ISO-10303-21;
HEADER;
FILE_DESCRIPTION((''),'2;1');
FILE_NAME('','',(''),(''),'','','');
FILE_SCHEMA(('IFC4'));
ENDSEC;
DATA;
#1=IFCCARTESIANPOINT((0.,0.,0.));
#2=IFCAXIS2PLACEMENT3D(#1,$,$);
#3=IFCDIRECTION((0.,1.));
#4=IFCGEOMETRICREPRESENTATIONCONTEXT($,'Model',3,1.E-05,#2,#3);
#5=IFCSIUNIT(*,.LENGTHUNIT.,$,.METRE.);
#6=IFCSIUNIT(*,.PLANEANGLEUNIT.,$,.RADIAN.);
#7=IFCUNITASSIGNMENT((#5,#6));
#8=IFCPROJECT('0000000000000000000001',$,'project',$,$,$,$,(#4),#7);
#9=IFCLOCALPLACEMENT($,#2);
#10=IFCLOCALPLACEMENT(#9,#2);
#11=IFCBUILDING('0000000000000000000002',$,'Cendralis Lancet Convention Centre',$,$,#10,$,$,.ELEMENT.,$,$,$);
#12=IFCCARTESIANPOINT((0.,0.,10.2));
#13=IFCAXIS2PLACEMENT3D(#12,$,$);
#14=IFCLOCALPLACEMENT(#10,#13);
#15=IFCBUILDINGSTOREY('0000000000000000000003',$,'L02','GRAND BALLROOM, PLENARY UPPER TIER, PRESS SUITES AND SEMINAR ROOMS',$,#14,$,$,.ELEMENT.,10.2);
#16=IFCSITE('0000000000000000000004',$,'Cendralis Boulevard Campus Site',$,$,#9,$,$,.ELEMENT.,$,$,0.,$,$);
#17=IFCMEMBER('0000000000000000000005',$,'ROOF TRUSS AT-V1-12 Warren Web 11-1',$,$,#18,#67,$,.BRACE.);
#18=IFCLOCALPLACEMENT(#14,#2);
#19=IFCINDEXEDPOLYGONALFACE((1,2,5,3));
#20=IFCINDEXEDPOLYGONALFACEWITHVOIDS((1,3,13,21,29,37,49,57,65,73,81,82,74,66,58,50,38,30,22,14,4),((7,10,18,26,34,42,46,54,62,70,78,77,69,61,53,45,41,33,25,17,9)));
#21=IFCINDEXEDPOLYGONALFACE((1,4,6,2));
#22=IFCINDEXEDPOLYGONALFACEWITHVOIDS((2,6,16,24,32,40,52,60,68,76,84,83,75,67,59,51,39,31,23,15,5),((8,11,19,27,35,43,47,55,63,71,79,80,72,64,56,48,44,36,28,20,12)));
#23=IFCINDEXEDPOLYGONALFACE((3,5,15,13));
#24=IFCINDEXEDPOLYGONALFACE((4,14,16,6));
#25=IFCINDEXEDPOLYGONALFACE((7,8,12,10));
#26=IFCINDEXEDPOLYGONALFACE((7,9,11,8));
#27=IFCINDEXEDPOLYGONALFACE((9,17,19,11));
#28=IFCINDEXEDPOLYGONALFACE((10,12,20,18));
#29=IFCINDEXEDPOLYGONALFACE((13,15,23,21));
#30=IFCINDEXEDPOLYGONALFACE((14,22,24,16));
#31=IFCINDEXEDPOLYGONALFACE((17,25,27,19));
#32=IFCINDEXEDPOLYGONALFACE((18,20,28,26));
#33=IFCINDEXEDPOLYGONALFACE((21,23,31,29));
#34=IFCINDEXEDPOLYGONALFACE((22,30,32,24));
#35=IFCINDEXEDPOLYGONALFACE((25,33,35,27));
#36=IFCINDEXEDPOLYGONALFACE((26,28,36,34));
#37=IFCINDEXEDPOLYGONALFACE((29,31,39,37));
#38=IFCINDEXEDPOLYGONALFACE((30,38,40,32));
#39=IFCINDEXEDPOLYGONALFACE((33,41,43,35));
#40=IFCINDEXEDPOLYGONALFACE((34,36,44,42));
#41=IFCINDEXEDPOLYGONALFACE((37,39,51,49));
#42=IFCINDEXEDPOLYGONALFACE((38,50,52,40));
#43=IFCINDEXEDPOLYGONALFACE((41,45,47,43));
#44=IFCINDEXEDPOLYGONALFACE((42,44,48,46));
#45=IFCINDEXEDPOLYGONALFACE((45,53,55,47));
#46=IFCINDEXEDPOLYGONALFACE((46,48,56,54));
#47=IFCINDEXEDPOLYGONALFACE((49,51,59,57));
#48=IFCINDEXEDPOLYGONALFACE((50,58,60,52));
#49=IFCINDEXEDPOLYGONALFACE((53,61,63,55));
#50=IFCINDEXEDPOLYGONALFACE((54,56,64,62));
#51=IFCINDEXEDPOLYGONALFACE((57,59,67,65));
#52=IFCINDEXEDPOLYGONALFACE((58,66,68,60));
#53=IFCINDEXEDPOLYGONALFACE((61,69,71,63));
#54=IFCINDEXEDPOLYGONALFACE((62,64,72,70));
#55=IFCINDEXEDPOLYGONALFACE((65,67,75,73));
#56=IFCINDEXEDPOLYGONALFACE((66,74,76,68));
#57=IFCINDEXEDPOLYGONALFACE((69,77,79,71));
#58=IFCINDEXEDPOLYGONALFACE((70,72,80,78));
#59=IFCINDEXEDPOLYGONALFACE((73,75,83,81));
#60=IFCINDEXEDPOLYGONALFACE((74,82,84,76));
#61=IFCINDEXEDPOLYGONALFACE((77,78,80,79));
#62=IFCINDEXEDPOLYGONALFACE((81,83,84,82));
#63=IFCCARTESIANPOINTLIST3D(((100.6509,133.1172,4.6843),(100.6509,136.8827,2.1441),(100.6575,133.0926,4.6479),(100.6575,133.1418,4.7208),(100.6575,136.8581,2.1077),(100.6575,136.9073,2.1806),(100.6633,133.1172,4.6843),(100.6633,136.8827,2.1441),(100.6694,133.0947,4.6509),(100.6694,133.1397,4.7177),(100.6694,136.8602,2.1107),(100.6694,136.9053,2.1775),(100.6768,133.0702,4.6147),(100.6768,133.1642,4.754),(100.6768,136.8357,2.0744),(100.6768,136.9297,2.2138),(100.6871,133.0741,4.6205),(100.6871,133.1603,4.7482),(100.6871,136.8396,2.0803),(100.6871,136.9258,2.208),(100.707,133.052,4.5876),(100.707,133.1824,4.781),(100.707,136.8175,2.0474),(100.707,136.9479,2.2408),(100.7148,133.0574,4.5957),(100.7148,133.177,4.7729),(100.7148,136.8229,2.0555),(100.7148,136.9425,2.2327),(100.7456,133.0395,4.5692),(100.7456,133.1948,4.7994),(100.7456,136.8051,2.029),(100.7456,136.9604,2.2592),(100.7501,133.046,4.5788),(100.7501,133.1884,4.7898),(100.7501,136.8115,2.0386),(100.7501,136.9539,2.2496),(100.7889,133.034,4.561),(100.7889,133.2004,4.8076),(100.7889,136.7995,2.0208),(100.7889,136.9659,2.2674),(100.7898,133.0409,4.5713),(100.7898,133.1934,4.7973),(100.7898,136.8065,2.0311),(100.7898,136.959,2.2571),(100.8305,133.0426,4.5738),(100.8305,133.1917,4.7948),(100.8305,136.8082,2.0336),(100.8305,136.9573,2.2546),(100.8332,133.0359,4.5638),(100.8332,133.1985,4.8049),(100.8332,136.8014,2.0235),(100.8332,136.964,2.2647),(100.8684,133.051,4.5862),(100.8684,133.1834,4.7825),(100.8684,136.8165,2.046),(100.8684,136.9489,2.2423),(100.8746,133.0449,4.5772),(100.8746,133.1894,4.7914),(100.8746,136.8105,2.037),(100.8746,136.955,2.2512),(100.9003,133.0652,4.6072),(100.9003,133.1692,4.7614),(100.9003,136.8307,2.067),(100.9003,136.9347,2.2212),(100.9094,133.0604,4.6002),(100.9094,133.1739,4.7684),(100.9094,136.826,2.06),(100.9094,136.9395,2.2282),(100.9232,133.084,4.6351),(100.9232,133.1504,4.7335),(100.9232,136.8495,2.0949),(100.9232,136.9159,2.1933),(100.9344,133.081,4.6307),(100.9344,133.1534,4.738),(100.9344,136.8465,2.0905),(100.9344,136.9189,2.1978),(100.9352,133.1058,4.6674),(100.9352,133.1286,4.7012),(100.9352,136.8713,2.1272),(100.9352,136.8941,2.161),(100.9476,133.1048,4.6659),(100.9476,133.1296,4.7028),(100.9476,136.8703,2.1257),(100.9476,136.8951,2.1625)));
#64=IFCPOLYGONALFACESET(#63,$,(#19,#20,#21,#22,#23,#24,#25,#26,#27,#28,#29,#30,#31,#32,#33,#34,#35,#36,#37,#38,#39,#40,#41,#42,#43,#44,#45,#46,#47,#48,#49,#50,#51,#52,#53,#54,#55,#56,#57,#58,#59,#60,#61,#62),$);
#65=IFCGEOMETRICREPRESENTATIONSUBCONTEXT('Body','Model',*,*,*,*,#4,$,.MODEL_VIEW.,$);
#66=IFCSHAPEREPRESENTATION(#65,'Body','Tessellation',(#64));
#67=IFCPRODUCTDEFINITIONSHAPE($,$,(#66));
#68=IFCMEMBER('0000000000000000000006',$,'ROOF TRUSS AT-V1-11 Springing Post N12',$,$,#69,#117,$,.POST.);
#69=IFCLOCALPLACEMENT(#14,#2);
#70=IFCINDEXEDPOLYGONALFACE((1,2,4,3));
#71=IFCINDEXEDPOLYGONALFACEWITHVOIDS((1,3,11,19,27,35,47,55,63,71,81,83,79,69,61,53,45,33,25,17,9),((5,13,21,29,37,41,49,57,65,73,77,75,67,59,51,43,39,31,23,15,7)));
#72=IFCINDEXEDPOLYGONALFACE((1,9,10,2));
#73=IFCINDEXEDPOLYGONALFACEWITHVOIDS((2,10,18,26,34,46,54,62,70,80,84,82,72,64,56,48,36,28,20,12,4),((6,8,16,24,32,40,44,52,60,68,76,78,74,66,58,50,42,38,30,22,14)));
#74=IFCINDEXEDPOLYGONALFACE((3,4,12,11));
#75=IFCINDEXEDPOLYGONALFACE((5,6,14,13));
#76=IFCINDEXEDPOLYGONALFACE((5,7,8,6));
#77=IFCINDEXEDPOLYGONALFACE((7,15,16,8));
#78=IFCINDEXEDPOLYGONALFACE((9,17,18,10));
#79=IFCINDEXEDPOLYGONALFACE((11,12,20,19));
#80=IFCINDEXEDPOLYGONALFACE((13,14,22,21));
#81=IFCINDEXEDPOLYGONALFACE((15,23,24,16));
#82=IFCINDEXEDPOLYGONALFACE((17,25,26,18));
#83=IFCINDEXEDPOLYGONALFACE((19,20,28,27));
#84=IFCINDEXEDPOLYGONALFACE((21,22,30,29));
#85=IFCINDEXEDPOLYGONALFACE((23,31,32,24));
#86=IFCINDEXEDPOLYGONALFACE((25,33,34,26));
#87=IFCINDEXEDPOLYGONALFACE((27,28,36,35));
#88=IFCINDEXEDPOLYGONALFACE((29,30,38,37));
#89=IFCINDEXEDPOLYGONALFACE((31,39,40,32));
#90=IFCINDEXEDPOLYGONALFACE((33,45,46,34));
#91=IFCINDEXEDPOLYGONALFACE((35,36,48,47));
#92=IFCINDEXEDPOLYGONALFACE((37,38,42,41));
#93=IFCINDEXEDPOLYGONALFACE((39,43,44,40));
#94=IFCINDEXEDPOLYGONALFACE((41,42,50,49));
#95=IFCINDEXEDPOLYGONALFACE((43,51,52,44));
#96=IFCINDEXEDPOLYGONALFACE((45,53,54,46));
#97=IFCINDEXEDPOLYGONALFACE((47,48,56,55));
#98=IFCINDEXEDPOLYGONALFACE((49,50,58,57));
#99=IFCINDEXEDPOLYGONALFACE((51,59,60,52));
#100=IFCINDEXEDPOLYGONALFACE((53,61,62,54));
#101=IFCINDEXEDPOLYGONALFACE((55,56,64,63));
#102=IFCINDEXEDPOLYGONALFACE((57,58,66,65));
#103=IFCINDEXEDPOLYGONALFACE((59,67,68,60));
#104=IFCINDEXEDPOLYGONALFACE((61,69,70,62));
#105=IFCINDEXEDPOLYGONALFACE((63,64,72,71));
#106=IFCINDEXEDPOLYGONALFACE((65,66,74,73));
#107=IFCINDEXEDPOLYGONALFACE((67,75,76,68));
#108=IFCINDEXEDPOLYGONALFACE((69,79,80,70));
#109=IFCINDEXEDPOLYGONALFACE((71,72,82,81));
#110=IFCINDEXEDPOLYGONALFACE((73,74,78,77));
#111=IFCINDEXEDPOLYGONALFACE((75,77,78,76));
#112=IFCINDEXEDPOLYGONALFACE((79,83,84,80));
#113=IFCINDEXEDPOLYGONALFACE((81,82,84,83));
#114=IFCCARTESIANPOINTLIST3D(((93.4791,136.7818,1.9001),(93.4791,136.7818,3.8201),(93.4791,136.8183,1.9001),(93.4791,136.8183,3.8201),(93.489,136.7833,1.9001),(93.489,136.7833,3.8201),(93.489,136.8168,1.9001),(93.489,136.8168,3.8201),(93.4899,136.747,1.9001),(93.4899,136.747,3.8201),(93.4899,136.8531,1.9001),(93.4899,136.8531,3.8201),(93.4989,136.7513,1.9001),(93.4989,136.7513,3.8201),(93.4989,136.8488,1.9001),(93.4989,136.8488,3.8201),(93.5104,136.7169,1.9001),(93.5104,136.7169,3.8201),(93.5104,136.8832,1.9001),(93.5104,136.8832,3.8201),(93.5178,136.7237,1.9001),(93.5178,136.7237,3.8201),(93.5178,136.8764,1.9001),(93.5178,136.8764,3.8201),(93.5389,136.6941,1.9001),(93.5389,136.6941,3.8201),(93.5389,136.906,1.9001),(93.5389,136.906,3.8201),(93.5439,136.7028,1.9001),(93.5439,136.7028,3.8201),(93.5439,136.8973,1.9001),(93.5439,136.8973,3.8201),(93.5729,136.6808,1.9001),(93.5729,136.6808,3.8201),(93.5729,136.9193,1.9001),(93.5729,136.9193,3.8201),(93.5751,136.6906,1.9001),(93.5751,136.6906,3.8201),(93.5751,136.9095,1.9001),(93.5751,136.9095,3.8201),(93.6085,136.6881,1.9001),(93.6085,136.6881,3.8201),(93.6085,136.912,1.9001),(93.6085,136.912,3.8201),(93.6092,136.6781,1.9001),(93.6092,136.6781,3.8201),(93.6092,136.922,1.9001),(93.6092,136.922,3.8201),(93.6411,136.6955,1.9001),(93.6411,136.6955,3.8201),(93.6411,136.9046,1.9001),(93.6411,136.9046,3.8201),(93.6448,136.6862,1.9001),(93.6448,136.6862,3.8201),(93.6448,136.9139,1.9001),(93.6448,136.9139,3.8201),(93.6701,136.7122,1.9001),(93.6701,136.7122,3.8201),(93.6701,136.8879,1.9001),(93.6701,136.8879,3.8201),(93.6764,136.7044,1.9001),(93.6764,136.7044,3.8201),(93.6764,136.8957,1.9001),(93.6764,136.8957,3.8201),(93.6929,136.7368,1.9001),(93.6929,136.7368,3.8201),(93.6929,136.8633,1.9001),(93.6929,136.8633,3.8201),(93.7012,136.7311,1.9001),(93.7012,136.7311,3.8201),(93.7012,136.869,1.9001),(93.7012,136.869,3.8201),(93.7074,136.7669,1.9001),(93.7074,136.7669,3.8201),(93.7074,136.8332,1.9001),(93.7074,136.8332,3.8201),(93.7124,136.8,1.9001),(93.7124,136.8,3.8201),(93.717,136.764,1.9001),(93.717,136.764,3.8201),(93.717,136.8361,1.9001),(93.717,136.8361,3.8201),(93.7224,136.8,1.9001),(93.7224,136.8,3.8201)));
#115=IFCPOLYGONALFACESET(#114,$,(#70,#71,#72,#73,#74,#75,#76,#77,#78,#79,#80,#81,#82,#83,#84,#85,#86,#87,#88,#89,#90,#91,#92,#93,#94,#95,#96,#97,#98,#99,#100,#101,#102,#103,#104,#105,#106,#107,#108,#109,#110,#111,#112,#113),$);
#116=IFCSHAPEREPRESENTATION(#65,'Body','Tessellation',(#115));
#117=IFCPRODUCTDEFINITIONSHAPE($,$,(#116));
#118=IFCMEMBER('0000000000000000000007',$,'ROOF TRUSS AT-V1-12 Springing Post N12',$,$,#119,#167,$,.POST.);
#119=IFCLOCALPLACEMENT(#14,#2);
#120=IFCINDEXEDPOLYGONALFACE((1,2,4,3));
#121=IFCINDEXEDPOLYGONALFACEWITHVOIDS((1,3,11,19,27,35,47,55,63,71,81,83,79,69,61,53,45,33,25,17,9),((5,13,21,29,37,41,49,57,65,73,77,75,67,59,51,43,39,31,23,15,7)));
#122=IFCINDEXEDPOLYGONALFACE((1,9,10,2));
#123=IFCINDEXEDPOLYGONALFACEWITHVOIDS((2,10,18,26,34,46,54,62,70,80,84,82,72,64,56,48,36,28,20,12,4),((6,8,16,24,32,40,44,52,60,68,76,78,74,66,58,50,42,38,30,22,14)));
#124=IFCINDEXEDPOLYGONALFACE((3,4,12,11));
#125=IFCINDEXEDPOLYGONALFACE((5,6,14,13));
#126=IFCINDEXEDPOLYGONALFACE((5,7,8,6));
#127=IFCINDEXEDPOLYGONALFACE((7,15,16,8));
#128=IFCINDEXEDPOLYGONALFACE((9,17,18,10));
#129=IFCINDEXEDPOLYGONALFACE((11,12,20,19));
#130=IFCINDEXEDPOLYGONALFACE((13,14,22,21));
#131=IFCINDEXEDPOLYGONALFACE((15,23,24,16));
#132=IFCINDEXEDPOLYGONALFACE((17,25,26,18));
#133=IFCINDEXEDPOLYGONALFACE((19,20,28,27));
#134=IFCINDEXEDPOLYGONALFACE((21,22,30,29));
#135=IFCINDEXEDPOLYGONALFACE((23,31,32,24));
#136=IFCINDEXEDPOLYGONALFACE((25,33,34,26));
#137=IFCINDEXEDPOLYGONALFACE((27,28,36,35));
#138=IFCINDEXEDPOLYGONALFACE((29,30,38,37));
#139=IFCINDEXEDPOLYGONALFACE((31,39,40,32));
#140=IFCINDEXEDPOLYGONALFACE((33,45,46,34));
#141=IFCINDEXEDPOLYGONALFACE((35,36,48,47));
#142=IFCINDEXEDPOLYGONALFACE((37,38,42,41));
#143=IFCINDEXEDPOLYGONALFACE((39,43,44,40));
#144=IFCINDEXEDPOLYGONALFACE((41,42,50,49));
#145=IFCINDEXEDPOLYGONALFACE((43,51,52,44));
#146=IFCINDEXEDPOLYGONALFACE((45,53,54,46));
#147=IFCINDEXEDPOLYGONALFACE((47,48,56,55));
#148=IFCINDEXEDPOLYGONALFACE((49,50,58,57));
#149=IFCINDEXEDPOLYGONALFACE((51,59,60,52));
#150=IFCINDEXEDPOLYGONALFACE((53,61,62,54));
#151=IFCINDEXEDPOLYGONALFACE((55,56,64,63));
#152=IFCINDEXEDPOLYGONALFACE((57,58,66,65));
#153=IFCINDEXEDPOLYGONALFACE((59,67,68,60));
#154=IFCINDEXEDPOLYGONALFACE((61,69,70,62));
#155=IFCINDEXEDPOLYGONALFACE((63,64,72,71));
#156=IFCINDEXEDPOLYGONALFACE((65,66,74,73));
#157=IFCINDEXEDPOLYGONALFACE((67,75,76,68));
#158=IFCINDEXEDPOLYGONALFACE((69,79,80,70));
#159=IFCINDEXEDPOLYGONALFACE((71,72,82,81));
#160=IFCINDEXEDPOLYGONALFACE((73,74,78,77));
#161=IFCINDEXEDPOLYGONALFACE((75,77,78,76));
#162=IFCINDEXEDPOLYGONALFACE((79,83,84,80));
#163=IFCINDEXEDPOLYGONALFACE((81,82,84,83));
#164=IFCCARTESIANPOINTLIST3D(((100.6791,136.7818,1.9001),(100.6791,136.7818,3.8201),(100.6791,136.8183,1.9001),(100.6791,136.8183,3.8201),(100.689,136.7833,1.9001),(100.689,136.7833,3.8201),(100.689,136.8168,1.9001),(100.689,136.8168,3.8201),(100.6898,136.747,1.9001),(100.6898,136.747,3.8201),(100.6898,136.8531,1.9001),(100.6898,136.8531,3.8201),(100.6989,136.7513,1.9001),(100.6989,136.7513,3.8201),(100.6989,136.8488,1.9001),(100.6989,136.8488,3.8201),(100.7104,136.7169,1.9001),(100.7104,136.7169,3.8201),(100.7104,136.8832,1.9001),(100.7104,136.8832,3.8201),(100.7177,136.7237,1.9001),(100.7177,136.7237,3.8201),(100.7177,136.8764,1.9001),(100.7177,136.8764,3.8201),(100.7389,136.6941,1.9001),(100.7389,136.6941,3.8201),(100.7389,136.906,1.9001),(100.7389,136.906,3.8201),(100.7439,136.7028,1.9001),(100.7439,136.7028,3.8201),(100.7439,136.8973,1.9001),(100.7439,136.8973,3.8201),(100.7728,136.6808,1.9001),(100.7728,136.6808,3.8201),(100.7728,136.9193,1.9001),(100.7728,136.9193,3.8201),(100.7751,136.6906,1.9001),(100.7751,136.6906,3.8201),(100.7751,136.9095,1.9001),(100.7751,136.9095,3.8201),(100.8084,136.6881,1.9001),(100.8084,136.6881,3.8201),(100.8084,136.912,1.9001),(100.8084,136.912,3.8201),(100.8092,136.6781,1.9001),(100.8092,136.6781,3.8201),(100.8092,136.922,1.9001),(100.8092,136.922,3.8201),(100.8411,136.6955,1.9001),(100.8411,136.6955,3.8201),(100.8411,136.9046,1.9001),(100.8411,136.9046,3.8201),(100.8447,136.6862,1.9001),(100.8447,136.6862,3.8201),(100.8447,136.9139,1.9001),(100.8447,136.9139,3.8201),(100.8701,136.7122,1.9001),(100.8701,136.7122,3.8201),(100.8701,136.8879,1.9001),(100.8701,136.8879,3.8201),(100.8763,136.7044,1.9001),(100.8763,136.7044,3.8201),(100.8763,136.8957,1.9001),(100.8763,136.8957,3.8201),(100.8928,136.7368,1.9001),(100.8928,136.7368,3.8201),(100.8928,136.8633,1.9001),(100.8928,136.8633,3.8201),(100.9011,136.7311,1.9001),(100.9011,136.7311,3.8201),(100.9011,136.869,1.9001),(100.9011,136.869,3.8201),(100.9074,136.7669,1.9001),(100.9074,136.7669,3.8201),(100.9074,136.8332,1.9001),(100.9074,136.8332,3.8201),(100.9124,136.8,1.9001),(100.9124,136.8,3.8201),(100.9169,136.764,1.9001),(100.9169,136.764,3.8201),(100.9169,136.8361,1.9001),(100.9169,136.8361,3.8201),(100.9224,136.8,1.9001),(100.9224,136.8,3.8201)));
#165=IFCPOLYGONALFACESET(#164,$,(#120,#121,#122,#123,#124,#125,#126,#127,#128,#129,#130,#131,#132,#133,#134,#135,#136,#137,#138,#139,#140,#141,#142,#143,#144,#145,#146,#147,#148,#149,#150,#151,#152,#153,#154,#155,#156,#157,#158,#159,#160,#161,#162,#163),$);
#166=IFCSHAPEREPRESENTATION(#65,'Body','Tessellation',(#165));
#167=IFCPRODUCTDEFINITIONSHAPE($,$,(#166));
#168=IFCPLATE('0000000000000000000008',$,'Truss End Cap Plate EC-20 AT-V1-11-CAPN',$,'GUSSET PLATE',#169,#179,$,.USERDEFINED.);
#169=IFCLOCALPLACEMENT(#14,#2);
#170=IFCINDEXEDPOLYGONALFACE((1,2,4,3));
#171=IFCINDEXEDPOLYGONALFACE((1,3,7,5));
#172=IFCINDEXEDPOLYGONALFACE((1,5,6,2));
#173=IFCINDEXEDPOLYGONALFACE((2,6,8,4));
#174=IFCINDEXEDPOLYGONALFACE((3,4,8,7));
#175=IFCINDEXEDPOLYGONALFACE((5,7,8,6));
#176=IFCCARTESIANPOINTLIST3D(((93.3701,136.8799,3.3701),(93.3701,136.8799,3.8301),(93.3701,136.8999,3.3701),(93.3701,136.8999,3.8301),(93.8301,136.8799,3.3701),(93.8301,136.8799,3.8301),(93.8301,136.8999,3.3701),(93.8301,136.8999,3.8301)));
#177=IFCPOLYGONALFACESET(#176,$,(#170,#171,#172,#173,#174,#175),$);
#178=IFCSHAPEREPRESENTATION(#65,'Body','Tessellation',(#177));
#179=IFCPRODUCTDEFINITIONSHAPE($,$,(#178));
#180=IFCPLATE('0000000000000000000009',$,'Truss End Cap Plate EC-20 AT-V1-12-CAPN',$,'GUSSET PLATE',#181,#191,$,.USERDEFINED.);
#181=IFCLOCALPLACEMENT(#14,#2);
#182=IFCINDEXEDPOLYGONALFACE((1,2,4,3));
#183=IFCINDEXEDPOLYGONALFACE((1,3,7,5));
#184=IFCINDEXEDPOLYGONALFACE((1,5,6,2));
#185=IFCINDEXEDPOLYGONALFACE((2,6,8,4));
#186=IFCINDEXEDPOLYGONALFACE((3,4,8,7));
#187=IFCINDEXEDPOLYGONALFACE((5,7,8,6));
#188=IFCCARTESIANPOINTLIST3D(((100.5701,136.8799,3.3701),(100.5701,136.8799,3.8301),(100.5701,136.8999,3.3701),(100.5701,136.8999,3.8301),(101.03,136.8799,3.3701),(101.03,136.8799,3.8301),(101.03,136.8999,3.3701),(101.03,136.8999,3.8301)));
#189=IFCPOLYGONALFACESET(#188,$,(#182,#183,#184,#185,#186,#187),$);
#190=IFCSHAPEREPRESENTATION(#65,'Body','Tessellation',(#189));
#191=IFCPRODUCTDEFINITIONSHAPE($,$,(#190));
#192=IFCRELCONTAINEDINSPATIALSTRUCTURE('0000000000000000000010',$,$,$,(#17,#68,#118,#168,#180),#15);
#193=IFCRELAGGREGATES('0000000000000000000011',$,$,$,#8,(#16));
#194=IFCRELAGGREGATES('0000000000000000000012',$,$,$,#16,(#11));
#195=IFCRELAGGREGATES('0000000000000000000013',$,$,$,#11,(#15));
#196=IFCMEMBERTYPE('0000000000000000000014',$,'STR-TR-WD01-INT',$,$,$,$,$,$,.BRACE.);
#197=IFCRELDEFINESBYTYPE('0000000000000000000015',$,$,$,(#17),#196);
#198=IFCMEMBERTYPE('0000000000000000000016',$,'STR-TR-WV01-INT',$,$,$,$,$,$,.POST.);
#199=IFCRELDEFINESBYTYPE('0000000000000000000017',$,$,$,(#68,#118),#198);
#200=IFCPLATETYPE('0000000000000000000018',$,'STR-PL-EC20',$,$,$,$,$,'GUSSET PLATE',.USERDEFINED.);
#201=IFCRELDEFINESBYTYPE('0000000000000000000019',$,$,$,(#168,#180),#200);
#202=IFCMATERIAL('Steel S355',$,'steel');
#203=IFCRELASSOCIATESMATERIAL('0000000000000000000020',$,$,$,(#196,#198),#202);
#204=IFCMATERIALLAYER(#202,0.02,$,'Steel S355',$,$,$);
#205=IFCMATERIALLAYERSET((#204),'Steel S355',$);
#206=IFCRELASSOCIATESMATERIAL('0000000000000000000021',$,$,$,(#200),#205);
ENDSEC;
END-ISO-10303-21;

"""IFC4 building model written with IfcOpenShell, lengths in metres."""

from ifc_helpers import new_model, si_unit, direction, frame, origin, origin_2d, place, context, subcontext, project, spatial, rectangle, hollow_circle, extrude, material, layer, layer_set, material_profile, profile_set, type_object, element, save


model = new_model("IFC4")

# Units and contexts
model_context = context("Model", 3, precision=1e-05, world=origin(), true_north=direction((0.0, 1.0)))
body_context = subcontext(model_context, "Body", "Model", "MODEL_VIEW")
ifc_project = project(units=[si_unit("LENGTHUNIT", "METRE"), si_unit("PLANEANGLEUNIT", "RADIAN")], contexts=[model_context])

# Site, building, storey
site_placement = place(None, origin())
site = spatial("IfcSite", under=ifc_project, at=site_placement, Name="Cendralis Boulevard Campus Site", CompositionType="ELEMENT", RefElevation=0.0)
building_placement = place(site_placement, origin())
building = spatial("IfcBuilding", under=site, at=building_placement, Name="Cendralis Lancet Convention Centre", CompositionType="ELEMENT")
storey_placement = place(building_placement, frame((0.0, 0.0, 10.2)))
storey = spatial("IfcBuildingStorey", under=building, at=storey_placement, Name="L02", Description="GRAND BALLROOM, PLENARY UPPER TIER, PRESS SUITES AND SEMINAR ROOMS", CompositionType="ELEMENT", Elevation=10.2)

# Members
ifc_material_1 = material(Name="Steel S355", Category="steel")
ifc_material_profile_1 = material_profile(ifc_material_1, hollow_circle(Radius=0.1492, WallThickness=0.0125, at=origin_2d()), Name="CHS 298.5x12.5")
ifc_profile_set_1 = profile_set([ifc_material_profile_1], Name="Steel S355")
member_type_1 = type_object("IfcMemberType", Name="STR-TR-WD01-INT", PredefinedType="BRACE", material=ifc_profile_set_1)
member_1_placement = place(storey_placement, frame((100.8, 133.1172, 4.6843), z_axis=(0.0, 0.829003, -0.559244), x_axis=(-1.0, 0.0, 0.0)))
element("IfcMember", 1, at=member_1_placement, inside=storey, type_object=member_type_1, Name="ROOF TRUSS AT-V1-12 Warren Web 11-1", PredefinedType="BRACE", context=body_context, shape_type="SweptSolid", body=[
    extrude(hollow_circle(Radius=0.1492, WallThickness=0.0125, at=origin_2d()), origin(), (0.0, 0.0, 1.0), 4.5422),
])
ifc_material_profile_2 = material_profile(ifc_material_1, hollow_circle(Radius=0.1223, WallThickness=0.01, at=origin_2d()), Name="CHS 244.5x10.0")
ifc_profile_set_2 = profile_set([ifc_material_profile_2], Name="Steel S355")
member_type_2 = type_object("IfcMemberType", Name="STR-TR-WV01-INT", PredefinedType="POST", material=ifc_profile_set_2)
for number, where, z_axis, x_axis, name in (
    (2, (93.6001, 136.8, 1.9001), (0.0, 0.0, 1.0), (1.0, 0.0, 0.0), "ROOF TRUSS AT-V1-11 Springing Post N12"),
    (3, (100.8, 136.8, 1.9001), (0.0, 0.0, 1.0), (1.0, 0.0, 0.0), "ROOF TRUSS AT-V1-12 Springing Post N12"),
):
    element("IfcMember", number, at=place(storey_placement, frame(where, z_axis=z_axis, x_axis=x_axis)), inside=storey, type_object=member_type_2, Name=name, PredefinedType="POST", context=body_context, shape_type="SweptSolid", body=[
        extrude(hollow_circle(Radius=0.1223, WallThickness=0.01, at=origin_2d()), origin(), (0.0, 0.0, 1.0), 1.9199),
    ])

# Plates
ifc_layer_1 = layer(ifc_material_1, 0.02, Name="Steel S355")
ifc_layer_set_1 = layer_set([ifc_layer_1], Name="Steel S355")
plate_type_1 = type_object("IfcPlateType", Name="STR-PL-EC20", ElementType="GUSSET PLATE", PredefinedType="USERDEFINED", material=ifc_layer_set_1)
for number, where, z_axis, x_axis, name in (
    (4, (93.6001, 136.8899, 3.3701), (0.0, 0.0, 1.0), (1.0, 0.0, 0.0), "Truss End Cap Plate EC-20 AT-V1-11-CAPN"),
    (5, (100.8, 136.8899, 3.3701), (0.0, 0.0, 1.0), (1.0, 0.0, 0.0), "Truss End Cap Plate EC-20 AT-V1-12-CAPN"),
):
    element("IfcPlate", number, at=place(storey_placement, frame(where, z_axis=z_axis, x_axis=x_axis)), inside=storey, type_object=plate_type_1, Name=name, ObjectType="GUSSET PLATE", PredefinedType="USERDEFINED", context=body_context, shape_type="SweptSolid", body=[
        extrude(rectangle(XDim=0.46, YDim=0.02, at=origin_2d()), origin(), (0.0, 0.0, 1.0), 0.46),
    ])

save(model, "model.ifc")
